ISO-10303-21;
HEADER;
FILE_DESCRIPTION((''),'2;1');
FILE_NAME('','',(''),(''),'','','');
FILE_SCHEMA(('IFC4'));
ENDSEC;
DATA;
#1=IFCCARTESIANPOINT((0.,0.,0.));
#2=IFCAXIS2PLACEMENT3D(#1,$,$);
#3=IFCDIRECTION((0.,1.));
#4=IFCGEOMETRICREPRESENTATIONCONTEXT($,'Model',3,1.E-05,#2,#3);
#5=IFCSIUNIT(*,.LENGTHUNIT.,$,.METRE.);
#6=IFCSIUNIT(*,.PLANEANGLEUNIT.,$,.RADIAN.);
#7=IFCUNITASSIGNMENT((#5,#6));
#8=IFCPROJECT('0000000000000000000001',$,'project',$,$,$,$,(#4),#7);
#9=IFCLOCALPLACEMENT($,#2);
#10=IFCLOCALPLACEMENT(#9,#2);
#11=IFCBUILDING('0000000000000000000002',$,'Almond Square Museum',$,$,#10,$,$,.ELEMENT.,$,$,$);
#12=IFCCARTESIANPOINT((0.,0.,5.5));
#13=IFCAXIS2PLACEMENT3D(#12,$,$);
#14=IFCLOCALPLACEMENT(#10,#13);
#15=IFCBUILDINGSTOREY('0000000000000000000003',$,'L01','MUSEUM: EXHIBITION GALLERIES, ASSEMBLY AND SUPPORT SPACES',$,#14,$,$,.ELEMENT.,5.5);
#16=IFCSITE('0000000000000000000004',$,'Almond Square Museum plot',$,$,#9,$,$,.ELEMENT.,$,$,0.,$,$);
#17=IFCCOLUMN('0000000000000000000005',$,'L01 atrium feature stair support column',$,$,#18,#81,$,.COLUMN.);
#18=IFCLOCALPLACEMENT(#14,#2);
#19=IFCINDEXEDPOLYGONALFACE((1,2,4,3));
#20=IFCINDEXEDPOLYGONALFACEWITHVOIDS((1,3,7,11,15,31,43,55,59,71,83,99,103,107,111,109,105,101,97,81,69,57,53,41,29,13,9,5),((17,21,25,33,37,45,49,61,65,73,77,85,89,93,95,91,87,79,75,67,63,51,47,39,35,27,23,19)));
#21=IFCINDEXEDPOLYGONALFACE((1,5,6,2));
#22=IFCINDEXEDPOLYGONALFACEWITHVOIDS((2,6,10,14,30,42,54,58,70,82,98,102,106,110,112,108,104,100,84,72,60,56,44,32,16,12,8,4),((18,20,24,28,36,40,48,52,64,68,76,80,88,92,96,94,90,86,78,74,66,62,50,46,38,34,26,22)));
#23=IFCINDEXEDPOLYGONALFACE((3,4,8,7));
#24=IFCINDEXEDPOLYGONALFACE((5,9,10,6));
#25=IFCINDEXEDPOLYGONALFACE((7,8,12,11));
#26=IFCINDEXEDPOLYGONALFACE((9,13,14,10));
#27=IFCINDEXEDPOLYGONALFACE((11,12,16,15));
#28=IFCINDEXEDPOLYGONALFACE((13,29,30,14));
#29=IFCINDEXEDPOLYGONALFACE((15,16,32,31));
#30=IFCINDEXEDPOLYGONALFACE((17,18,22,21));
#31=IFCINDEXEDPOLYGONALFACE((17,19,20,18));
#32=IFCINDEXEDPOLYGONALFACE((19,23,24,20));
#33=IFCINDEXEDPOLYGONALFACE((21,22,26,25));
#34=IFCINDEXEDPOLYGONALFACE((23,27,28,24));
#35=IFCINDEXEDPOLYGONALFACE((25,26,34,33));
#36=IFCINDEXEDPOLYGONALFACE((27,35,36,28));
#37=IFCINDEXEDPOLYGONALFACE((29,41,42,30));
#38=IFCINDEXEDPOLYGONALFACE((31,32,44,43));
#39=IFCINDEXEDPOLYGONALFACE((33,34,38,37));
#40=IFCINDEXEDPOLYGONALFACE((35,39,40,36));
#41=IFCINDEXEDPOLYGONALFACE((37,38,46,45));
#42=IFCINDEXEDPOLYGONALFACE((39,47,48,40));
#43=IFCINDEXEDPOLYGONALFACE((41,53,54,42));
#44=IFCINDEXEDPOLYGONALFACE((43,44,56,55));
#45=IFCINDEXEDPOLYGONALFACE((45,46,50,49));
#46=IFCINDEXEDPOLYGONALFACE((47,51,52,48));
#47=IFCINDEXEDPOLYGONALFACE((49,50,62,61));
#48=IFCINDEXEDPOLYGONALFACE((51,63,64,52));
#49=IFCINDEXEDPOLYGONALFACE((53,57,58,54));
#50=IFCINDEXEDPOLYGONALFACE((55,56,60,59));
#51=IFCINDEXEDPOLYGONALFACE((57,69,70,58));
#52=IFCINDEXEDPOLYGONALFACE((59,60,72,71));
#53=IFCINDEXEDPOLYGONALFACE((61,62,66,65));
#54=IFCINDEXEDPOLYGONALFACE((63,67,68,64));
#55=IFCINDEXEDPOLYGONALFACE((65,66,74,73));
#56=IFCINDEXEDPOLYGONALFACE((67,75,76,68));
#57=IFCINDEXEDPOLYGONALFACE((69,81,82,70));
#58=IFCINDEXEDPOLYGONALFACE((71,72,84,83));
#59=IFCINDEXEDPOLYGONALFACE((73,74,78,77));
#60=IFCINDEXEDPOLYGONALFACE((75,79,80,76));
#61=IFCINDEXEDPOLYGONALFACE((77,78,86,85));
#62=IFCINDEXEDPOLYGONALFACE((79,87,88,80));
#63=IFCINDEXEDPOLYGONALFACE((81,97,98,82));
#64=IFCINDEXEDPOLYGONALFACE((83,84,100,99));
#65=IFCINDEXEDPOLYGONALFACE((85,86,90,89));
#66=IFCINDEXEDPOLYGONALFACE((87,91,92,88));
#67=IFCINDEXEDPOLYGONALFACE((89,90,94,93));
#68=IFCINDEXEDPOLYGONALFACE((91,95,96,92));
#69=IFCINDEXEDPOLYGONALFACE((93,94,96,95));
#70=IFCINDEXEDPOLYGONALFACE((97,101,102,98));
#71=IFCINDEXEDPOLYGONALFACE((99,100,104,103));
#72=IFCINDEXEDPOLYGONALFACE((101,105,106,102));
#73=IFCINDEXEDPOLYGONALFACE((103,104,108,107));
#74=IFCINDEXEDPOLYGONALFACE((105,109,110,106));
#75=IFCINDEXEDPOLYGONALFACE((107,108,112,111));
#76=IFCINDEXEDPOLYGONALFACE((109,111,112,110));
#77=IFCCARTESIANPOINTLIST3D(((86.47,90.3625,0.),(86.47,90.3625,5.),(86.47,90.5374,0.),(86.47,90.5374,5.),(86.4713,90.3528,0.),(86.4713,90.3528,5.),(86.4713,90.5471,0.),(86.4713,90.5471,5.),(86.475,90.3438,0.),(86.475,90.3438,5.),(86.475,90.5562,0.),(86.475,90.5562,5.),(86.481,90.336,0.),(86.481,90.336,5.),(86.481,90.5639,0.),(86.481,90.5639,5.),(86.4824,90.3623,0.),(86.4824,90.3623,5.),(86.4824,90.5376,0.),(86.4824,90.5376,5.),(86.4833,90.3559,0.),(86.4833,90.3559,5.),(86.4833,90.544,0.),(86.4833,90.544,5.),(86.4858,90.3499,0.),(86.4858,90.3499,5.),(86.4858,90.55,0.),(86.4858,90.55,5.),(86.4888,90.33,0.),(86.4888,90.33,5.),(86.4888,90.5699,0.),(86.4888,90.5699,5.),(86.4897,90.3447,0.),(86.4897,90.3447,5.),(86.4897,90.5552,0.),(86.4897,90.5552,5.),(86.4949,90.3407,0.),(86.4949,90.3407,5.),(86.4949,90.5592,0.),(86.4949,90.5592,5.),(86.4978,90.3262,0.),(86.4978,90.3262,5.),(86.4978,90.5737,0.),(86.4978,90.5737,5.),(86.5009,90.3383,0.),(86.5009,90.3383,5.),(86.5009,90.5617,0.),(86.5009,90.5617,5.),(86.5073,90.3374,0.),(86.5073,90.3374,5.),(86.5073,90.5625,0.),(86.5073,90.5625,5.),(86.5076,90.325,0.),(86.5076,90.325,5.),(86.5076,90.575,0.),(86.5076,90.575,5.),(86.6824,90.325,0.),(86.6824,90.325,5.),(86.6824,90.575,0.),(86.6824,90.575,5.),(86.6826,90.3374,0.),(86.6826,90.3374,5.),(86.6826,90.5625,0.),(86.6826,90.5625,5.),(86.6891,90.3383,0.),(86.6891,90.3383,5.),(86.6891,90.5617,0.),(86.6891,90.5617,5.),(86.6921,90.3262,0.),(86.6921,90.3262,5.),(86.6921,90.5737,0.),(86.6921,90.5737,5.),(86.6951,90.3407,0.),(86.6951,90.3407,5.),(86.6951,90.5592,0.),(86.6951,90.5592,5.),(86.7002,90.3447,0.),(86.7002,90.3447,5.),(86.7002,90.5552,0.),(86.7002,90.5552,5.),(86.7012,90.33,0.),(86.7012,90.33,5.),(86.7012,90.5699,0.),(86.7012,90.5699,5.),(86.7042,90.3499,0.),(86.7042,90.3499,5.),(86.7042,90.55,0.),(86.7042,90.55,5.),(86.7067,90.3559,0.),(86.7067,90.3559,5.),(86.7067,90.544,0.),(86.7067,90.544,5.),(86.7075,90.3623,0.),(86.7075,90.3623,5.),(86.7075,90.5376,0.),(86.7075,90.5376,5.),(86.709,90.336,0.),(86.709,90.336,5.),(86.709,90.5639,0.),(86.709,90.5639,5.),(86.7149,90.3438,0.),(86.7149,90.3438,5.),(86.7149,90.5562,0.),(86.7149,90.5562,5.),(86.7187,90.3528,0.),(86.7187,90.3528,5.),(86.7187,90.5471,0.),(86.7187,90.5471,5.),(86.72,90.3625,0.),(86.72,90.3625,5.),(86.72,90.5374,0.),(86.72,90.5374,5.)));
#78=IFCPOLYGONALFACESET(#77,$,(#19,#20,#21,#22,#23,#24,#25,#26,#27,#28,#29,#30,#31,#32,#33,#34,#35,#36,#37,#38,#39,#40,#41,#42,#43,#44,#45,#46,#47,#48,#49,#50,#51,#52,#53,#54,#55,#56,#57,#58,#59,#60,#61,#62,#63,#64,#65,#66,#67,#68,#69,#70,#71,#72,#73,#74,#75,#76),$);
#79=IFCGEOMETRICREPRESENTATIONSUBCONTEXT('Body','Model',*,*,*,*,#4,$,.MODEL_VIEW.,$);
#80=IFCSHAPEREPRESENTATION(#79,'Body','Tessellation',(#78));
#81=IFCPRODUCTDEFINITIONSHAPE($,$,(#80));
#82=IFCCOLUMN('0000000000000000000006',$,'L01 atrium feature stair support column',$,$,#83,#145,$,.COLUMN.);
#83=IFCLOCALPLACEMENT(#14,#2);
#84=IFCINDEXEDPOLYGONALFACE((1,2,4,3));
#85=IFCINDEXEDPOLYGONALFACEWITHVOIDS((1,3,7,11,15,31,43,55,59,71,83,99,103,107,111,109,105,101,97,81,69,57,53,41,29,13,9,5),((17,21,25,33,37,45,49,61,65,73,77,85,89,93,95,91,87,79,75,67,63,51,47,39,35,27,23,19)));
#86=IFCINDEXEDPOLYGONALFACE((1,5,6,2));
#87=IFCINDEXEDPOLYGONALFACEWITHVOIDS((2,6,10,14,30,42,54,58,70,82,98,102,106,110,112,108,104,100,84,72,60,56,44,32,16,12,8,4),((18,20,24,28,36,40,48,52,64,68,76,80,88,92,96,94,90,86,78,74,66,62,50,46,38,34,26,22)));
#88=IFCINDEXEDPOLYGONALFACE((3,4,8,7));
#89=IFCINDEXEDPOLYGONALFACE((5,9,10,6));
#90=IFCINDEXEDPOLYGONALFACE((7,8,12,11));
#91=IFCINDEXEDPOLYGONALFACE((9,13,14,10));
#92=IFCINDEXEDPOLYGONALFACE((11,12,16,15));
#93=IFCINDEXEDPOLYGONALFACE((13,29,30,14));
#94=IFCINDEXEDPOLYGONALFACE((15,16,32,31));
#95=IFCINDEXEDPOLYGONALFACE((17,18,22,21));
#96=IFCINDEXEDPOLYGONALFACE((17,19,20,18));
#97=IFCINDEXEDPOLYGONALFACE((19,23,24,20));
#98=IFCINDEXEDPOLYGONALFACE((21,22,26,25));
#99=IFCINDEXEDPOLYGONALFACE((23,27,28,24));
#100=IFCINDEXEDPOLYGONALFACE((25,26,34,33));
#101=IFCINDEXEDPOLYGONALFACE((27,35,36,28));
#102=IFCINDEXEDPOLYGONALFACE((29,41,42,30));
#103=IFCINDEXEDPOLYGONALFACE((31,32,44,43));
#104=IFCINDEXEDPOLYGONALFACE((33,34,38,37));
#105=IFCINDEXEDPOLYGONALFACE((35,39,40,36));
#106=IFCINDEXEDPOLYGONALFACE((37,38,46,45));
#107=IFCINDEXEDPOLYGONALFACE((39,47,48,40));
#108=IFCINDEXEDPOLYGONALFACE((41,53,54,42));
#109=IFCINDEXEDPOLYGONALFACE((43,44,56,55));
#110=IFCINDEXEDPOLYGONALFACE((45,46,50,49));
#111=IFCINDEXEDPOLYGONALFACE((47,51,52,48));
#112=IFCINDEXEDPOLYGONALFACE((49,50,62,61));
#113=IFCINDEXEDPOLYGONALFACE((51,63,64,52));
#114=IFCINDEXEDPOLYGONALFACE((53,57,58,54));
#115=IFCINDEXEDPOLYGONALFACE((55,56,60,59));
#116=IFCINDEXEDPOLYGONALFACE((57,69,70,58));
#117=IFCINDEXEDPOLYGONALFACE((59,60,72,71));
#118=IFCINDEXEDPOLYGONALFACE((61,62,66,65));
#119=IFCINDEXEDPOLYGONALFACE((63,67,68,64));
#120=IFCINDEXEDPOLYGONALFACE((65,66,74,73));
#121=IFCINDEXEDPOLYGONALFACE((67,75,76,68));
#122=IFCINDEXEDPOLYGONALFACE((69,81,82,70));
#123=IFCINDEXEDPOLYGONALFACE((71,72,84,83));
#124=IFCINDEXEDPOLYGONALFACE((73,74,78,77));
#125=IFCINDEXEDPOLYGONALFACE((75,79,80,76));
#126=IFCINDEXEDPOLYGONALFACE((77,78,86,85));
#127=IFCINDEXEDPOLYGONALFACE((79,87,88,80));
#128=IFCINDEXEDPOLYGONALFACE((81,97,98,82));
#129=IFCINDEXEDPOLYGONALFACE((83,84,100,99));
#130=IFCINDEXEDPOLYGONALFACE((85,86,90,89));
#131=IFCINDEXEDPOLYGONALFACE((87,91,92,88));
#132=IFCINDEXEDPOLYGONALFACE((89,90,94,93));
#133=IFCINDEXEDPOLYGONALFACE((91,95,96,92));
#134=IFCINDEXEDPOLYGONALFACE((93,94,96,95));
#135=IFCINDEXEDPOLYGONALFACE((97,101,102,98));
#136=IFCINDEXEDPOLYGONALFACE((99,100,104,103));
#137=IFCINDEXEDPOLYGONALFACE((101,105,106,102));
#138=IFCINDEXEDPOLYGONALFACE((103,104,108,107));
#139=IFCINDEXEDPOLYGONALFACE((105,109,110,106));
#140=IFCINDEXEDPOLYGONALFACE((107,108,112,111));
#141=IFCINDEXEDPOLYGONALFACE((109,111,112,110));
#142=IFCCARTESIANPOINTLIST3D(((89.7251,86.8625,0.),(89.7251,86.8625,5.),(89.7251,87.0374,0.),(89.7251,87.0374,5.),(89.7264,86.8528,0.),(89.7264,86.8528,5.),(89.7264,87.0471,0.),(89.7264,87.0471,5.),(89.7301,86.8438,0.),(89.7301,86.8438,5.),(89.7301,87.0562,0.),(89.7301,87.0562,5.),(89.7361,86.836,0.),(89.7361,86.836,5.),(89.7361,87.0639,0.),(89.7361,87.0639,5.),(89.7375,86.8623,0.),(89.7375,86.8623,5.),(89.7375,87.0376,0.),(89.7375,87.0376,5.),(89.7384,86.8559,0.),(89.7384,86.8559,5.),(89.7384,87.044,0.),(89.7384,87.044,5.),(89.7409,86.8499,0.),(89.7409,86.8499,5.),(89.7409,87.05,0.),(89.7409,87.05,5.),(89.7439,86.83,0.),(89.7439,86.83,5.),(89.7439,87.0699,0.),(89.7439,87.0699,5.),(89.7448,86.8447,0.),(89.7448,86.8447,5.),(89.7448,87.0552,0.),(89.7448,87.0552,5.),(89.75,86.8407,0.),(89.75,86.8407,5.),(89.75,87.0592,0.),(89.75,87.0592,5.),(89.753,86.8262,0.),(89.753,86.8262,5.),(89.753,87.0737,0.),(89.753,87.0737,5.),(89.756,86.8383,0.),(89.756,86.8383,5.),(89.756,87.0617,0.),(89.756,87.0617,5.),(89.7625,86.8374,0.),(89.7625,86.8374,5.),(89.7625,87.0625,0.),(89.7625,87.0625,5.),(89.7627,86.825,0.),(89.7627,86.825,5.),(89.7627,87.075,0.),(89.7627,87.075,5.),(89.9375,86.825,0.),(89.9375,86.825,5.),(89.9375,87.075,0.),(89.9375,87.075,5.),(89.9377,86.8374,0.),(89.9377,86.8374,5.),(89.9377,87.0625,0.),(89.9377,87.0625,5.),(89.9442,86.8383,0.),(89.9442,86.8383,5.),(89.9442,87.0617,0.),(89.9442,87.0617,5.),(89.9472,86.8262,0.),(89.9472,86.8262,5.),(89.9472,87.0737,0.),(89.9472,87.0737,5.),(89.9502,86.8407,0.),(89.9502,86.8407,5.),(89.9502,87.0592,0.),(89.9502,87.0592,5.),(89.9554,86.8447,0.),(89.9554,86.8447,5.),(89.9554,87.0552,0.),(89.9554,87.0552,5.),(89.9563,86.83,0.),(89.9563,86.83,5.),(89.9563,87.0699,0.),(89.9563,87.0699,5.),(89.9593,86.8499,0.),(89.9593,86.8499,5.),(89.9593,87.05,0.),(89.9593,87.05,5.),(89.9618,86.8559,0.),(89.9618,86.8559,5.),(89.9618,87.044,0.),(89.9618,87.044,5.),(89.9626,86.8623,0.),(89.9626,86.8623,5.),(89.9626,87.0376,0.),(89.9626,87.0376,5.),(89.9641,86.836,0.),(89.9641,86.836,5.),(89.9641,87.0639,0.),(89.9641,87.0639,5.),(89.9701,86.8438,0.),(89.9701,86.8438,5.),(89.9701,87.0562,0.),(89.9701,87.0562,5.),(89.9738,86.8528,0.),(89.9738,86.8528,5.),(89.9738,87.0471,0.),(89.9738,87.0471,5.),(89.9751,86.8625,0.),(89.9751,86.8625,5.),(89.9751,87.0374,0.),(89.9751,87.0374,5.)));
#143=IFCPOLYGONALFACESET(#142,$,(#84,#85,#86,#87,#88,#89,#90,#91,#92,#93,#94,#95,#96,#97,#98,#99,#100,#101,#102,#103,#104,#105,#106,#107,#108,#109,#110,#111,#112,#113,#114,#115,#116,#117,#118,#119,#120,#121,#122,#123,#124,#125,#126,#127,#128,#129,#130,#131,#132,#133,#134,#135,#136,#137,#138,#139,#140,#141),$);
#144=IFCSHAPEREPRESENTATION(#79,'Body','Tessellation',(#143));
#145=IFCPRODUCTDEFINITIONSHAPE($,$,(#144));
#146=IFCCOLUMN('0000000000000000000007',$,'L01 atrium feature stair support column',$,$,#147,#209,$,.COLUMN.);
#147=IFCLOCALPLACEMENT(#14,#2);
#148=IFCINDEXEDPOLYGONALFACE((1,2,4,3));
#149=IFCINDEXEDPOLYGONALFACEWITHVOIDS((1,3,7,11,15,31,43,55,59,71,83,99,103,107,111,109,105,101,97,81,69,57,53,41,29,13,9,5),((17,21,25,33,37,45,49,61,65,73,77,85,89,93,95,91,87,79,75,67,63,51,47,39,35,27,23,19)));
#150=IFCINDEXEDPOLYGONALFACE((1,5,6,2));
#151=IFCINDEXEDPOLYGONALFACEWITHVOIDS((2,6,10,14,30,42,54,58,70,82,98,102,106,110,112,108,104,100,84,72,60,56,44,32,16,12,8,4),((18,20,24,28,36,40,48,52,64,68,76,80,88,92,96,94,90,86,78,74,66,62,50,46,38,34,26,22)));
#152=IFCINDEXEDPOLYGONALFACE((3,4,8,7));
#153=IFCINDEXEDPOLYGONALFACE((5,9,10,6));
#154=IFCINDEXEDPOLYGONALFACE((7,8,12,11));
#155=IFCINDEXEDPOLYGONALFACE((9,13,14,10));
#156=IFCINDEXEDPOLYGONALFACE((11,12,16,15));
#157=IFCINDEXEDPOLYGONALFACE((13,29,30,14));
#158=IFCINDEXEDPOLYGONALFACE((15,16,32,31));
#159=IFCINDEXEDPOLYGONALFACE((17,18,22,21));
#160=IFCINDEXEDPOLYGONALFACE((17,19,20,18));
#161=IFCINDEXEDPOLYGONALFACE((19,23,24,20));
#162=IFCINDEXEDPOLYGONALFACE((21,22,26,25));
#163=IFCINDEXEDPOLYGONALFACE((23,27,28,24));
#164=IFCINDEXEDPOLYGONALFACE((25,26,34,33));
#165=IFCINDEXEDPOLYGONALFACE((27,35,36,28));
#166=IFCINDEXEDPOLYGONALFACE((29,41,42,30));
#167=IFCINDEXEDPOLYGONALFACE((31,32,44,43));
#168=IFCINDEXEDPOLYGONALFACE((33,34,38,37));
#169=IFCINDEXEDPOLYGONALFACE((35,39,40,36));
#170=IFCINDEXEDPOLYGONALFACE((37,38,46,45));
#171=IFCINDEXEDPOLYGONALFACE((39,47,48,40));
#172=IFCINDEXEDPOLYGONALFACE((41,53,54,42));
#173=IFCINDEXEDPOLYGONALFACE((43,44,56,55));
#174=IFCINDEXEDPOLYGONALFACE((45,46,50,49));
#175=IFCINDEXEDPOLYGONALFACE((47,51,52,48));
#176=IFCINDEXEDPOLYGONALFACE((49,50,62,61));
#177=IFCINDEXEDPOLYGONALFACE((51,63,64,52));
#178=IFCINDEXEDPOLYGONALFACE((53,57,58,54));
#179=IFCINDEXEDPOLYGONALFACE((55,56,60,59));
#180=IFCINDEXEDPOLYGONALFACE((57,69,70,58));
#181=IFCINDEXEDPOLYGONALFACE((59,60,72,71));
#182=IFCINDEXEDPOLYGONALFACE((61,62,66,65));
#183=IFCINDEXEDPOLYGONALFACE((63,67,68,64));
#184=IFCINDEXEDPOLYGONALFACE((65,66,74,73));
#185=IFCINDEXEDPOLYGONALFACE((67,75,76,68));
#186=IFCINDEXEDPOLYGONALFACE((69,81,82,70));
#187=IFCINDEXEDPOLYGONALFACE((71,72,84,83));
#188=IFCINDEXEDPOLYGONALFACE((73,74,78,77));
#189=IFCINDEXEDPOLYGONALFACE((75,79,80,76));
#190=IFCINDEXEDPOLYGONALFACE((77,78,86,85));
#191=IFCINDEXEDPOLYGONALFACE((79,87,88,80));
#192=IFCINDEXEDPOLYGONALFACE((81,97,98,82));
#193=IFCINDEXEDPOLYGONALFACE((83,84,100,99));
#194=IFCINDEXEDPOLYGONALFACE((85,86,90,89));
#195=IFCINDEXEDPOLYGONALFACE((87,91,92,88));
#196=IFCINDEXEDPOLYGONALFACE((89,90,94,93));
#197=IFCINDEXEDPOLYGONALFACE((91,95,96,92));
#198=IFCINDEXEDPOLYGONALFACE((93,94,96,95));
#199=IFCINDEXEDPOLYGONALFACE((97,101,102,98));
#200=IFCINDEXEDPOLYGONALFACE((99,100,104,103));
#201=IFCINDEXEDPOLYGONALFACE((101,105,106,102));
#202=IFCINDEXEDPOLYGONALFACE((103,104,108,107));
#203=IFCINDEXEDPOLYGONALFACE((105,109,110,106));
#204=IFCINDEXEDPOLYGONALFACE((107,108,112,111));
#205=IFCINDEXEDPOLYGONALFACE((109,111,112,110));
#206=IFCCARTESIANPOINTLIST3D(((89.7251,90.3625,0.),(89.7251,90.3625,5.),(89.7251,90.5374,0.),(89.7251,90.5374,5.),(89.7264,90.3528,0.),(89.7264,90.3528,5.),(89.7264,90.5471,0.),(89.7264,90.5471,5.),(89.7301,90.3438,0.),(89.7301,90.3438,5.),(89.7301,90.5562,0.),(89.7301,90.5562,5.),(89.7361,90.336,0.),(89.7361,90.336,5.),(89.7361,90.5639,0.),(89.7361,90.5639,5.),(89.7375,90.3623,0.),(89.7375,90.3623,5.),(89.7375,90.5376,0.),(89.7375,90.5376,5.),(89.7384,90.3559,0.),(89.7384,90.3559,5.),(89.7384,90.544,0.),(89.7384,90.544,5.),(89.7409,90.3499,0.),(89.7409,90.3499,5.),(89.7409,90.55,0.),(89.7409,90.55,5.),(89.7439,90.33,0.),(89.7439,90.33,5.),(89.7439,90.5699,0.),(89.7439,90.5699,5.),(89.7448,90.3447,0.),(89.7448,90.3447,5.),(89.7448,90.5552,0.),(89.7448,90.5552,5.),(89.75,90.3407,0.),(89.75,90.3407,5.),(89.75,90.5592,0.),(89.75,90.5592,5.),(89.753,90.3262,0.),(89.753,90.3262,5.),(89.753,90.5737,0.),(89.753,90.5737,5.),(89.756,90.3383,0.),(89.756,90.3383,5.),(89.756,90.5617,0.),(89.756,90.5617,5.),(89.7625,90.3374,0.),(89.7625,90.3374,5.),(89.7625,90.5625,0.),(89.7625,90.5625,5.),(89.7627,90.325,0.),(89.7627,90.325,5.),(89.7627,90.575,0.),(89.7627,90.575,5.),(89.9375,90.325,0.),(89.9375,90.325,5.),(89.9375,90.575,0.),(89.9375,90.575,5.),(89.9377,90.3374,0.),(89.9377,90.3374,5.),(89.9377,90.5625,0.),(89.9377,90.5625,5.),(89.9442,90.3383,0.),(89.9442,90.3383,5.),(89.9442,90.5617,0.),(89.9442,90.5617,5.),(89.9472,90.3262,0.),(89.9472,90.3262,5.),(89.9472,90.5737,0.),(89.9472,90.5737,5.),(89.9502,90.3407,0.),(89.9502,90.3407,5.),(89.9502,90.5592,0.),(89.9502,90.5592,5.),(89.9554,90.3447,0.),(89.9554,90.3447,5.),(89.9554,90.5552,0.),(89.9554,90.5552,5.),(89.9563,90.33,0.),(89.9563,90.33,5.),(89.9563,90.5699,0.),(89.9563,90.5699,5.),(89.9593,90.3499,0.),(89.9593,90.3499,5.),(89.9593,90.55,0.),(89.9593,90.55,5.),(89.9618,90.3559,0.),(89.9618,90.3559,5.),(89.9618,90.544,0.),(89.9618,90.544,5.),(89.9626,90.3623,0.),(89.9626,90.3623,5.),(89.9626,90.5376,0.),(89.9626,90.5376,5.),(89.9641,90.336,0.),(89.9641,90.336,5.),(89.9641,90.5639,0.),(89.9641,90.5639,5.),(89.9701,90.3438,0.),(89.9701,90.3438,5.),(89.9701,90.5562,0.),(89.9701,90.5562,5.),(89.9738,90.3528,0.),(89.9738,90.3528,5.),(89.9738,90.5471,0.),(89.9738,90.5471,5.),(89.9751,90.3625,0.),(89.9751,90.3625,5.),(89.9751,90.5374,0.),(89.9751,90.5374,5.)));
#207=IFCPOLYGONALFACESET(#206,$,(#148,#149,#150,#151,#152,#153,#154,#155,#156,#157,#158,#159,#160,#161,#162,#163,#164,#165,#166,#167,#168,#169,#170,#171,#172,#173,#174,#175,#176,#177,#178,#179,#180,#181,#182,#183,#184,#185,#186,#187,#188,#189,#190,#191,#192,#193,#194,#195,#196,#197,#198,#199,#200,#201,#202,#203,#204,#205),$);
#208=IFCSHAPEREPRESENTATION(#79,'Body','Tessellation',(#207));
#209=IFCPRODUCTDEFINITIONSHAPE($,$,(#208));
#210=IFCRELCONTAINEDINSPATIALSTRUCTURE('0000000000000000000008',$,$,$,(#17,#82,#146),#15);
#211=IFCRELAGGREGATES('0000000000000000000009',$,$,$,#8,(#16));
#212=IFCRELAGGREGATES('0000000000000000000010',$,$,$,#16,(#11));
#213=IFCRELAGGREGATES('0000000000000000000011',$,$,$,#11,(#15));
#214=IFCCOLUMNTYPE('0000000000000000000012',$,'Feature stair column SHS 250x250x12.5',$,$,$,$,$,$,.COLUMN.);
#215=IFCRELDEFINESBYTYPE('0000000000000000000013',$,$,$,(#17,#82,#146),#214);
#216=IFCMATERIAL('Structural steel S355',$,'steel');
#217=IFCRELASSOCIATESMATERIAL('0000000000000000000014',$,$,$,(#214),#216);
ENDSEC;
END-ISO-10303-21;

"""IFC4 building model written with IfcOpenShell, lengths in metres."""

from ifc_helpers import new_model, si_unit, direction, frame, origin, origin_2d, place, context, subcontext, project, spatial, hollow_rectangle, extrude, material, material_profile, profile_set, type_object, element, save


model = new_model("IFC4")

# Units and contexts
model_context = context("Model", 3, precision=1e-05, world=origin(), true_north=direction((0.0, 1.0)))
body_context = subcontext(model_context, "Body", "Model", "MODEL_VIEW")
ifc_project = project(units=[si_unit("LENGTHUNIT", "METRE"), si_unit("PLANEANGLEUNIT", "RADIAN")], contexts=[model_context])

# Site, building, storey
site_placement = place(None, origin())
site = spatial("IfcSite", under=ifc_project, at=site_placement, Name="Almond Square Museum plot", CompositionType="ELEMENT", RefElevation=0.0)
building_placement = place(site_placement, origin())
building = spatial("IfcBuilding", under=site, at=building_placement, Name="Almond Square Museum", CompositionType="ELEMENT")
storey_placement = place(building_placement, frame((0.0, 0.0, 5.5)))
storey = spatial("IfcBuildingStorey", under=building, at=storey_placement, Name="L01", Description="MUSEUM: EXHIBITION GALLERIES, ASSEMBLY AND SUPPORT SPACES", CompositionType="ELEMENT", Elevation=5.5)

# Columns
ifc_material_1 = material(Name="Structural steel S355", Category="steel")
ifc_material_profile_1 = material_profile(ifc_material_1, hollow_rectangle(XDim=0.25, YDim=0.25, WallThickness=0.0125, InnerFilletRadius=0.0249, OuterFilletRadius=0.0376, at=origin_2d()))
ifc_profile_set_1 = profile_set([ifc_material_profile_1], Name="Structural steel S355")
column_type = type_object("IfcColumnType", Name="Feature stair column SHS 250x250x12.5", PredefinedType="COLUMN", material=ifc_profile_set_1)
for number, where, z_axis, x_axis, name in (
    (1, (86.595, 90.45, 0.0), (0.0, 0.0, 1.0), (1.0, 0.0, 0.0), "L01 atrium feature stair support column"),
    (2, (89.8501, 86.95, 0.0), (0.0, 0.0, 1.0), (1.0, 0.0, 0.0), "L01 atrium feature stair support column"),
    (3, (89.8501, 90.45, 0.0), (0.0, 0.0, 1.0), (1.0, 0.0, 0.0), "L01 atrium feature stair support column"),
):
    element("IfcColumn", number, at=place(storey_placement, frame(where, z_axis=z_axis, x_axis=x_axis)), inside=storey, type_object=column_type, Name=name, PredefinedType="COLUMN", context=body_context, shape_type="SweptSolid", body=[
        extrude(hollow_rectangle(XDim=0.25, YDim=0.25, WallThickness=0.0125, InnerFilletRadius=0.0249, OuterFilletRadius=0.0376, at=origin_2d()), origin(), (0.0, 0.0, 1.0), 5.0),
    ])

save(model, "model.ifc")
